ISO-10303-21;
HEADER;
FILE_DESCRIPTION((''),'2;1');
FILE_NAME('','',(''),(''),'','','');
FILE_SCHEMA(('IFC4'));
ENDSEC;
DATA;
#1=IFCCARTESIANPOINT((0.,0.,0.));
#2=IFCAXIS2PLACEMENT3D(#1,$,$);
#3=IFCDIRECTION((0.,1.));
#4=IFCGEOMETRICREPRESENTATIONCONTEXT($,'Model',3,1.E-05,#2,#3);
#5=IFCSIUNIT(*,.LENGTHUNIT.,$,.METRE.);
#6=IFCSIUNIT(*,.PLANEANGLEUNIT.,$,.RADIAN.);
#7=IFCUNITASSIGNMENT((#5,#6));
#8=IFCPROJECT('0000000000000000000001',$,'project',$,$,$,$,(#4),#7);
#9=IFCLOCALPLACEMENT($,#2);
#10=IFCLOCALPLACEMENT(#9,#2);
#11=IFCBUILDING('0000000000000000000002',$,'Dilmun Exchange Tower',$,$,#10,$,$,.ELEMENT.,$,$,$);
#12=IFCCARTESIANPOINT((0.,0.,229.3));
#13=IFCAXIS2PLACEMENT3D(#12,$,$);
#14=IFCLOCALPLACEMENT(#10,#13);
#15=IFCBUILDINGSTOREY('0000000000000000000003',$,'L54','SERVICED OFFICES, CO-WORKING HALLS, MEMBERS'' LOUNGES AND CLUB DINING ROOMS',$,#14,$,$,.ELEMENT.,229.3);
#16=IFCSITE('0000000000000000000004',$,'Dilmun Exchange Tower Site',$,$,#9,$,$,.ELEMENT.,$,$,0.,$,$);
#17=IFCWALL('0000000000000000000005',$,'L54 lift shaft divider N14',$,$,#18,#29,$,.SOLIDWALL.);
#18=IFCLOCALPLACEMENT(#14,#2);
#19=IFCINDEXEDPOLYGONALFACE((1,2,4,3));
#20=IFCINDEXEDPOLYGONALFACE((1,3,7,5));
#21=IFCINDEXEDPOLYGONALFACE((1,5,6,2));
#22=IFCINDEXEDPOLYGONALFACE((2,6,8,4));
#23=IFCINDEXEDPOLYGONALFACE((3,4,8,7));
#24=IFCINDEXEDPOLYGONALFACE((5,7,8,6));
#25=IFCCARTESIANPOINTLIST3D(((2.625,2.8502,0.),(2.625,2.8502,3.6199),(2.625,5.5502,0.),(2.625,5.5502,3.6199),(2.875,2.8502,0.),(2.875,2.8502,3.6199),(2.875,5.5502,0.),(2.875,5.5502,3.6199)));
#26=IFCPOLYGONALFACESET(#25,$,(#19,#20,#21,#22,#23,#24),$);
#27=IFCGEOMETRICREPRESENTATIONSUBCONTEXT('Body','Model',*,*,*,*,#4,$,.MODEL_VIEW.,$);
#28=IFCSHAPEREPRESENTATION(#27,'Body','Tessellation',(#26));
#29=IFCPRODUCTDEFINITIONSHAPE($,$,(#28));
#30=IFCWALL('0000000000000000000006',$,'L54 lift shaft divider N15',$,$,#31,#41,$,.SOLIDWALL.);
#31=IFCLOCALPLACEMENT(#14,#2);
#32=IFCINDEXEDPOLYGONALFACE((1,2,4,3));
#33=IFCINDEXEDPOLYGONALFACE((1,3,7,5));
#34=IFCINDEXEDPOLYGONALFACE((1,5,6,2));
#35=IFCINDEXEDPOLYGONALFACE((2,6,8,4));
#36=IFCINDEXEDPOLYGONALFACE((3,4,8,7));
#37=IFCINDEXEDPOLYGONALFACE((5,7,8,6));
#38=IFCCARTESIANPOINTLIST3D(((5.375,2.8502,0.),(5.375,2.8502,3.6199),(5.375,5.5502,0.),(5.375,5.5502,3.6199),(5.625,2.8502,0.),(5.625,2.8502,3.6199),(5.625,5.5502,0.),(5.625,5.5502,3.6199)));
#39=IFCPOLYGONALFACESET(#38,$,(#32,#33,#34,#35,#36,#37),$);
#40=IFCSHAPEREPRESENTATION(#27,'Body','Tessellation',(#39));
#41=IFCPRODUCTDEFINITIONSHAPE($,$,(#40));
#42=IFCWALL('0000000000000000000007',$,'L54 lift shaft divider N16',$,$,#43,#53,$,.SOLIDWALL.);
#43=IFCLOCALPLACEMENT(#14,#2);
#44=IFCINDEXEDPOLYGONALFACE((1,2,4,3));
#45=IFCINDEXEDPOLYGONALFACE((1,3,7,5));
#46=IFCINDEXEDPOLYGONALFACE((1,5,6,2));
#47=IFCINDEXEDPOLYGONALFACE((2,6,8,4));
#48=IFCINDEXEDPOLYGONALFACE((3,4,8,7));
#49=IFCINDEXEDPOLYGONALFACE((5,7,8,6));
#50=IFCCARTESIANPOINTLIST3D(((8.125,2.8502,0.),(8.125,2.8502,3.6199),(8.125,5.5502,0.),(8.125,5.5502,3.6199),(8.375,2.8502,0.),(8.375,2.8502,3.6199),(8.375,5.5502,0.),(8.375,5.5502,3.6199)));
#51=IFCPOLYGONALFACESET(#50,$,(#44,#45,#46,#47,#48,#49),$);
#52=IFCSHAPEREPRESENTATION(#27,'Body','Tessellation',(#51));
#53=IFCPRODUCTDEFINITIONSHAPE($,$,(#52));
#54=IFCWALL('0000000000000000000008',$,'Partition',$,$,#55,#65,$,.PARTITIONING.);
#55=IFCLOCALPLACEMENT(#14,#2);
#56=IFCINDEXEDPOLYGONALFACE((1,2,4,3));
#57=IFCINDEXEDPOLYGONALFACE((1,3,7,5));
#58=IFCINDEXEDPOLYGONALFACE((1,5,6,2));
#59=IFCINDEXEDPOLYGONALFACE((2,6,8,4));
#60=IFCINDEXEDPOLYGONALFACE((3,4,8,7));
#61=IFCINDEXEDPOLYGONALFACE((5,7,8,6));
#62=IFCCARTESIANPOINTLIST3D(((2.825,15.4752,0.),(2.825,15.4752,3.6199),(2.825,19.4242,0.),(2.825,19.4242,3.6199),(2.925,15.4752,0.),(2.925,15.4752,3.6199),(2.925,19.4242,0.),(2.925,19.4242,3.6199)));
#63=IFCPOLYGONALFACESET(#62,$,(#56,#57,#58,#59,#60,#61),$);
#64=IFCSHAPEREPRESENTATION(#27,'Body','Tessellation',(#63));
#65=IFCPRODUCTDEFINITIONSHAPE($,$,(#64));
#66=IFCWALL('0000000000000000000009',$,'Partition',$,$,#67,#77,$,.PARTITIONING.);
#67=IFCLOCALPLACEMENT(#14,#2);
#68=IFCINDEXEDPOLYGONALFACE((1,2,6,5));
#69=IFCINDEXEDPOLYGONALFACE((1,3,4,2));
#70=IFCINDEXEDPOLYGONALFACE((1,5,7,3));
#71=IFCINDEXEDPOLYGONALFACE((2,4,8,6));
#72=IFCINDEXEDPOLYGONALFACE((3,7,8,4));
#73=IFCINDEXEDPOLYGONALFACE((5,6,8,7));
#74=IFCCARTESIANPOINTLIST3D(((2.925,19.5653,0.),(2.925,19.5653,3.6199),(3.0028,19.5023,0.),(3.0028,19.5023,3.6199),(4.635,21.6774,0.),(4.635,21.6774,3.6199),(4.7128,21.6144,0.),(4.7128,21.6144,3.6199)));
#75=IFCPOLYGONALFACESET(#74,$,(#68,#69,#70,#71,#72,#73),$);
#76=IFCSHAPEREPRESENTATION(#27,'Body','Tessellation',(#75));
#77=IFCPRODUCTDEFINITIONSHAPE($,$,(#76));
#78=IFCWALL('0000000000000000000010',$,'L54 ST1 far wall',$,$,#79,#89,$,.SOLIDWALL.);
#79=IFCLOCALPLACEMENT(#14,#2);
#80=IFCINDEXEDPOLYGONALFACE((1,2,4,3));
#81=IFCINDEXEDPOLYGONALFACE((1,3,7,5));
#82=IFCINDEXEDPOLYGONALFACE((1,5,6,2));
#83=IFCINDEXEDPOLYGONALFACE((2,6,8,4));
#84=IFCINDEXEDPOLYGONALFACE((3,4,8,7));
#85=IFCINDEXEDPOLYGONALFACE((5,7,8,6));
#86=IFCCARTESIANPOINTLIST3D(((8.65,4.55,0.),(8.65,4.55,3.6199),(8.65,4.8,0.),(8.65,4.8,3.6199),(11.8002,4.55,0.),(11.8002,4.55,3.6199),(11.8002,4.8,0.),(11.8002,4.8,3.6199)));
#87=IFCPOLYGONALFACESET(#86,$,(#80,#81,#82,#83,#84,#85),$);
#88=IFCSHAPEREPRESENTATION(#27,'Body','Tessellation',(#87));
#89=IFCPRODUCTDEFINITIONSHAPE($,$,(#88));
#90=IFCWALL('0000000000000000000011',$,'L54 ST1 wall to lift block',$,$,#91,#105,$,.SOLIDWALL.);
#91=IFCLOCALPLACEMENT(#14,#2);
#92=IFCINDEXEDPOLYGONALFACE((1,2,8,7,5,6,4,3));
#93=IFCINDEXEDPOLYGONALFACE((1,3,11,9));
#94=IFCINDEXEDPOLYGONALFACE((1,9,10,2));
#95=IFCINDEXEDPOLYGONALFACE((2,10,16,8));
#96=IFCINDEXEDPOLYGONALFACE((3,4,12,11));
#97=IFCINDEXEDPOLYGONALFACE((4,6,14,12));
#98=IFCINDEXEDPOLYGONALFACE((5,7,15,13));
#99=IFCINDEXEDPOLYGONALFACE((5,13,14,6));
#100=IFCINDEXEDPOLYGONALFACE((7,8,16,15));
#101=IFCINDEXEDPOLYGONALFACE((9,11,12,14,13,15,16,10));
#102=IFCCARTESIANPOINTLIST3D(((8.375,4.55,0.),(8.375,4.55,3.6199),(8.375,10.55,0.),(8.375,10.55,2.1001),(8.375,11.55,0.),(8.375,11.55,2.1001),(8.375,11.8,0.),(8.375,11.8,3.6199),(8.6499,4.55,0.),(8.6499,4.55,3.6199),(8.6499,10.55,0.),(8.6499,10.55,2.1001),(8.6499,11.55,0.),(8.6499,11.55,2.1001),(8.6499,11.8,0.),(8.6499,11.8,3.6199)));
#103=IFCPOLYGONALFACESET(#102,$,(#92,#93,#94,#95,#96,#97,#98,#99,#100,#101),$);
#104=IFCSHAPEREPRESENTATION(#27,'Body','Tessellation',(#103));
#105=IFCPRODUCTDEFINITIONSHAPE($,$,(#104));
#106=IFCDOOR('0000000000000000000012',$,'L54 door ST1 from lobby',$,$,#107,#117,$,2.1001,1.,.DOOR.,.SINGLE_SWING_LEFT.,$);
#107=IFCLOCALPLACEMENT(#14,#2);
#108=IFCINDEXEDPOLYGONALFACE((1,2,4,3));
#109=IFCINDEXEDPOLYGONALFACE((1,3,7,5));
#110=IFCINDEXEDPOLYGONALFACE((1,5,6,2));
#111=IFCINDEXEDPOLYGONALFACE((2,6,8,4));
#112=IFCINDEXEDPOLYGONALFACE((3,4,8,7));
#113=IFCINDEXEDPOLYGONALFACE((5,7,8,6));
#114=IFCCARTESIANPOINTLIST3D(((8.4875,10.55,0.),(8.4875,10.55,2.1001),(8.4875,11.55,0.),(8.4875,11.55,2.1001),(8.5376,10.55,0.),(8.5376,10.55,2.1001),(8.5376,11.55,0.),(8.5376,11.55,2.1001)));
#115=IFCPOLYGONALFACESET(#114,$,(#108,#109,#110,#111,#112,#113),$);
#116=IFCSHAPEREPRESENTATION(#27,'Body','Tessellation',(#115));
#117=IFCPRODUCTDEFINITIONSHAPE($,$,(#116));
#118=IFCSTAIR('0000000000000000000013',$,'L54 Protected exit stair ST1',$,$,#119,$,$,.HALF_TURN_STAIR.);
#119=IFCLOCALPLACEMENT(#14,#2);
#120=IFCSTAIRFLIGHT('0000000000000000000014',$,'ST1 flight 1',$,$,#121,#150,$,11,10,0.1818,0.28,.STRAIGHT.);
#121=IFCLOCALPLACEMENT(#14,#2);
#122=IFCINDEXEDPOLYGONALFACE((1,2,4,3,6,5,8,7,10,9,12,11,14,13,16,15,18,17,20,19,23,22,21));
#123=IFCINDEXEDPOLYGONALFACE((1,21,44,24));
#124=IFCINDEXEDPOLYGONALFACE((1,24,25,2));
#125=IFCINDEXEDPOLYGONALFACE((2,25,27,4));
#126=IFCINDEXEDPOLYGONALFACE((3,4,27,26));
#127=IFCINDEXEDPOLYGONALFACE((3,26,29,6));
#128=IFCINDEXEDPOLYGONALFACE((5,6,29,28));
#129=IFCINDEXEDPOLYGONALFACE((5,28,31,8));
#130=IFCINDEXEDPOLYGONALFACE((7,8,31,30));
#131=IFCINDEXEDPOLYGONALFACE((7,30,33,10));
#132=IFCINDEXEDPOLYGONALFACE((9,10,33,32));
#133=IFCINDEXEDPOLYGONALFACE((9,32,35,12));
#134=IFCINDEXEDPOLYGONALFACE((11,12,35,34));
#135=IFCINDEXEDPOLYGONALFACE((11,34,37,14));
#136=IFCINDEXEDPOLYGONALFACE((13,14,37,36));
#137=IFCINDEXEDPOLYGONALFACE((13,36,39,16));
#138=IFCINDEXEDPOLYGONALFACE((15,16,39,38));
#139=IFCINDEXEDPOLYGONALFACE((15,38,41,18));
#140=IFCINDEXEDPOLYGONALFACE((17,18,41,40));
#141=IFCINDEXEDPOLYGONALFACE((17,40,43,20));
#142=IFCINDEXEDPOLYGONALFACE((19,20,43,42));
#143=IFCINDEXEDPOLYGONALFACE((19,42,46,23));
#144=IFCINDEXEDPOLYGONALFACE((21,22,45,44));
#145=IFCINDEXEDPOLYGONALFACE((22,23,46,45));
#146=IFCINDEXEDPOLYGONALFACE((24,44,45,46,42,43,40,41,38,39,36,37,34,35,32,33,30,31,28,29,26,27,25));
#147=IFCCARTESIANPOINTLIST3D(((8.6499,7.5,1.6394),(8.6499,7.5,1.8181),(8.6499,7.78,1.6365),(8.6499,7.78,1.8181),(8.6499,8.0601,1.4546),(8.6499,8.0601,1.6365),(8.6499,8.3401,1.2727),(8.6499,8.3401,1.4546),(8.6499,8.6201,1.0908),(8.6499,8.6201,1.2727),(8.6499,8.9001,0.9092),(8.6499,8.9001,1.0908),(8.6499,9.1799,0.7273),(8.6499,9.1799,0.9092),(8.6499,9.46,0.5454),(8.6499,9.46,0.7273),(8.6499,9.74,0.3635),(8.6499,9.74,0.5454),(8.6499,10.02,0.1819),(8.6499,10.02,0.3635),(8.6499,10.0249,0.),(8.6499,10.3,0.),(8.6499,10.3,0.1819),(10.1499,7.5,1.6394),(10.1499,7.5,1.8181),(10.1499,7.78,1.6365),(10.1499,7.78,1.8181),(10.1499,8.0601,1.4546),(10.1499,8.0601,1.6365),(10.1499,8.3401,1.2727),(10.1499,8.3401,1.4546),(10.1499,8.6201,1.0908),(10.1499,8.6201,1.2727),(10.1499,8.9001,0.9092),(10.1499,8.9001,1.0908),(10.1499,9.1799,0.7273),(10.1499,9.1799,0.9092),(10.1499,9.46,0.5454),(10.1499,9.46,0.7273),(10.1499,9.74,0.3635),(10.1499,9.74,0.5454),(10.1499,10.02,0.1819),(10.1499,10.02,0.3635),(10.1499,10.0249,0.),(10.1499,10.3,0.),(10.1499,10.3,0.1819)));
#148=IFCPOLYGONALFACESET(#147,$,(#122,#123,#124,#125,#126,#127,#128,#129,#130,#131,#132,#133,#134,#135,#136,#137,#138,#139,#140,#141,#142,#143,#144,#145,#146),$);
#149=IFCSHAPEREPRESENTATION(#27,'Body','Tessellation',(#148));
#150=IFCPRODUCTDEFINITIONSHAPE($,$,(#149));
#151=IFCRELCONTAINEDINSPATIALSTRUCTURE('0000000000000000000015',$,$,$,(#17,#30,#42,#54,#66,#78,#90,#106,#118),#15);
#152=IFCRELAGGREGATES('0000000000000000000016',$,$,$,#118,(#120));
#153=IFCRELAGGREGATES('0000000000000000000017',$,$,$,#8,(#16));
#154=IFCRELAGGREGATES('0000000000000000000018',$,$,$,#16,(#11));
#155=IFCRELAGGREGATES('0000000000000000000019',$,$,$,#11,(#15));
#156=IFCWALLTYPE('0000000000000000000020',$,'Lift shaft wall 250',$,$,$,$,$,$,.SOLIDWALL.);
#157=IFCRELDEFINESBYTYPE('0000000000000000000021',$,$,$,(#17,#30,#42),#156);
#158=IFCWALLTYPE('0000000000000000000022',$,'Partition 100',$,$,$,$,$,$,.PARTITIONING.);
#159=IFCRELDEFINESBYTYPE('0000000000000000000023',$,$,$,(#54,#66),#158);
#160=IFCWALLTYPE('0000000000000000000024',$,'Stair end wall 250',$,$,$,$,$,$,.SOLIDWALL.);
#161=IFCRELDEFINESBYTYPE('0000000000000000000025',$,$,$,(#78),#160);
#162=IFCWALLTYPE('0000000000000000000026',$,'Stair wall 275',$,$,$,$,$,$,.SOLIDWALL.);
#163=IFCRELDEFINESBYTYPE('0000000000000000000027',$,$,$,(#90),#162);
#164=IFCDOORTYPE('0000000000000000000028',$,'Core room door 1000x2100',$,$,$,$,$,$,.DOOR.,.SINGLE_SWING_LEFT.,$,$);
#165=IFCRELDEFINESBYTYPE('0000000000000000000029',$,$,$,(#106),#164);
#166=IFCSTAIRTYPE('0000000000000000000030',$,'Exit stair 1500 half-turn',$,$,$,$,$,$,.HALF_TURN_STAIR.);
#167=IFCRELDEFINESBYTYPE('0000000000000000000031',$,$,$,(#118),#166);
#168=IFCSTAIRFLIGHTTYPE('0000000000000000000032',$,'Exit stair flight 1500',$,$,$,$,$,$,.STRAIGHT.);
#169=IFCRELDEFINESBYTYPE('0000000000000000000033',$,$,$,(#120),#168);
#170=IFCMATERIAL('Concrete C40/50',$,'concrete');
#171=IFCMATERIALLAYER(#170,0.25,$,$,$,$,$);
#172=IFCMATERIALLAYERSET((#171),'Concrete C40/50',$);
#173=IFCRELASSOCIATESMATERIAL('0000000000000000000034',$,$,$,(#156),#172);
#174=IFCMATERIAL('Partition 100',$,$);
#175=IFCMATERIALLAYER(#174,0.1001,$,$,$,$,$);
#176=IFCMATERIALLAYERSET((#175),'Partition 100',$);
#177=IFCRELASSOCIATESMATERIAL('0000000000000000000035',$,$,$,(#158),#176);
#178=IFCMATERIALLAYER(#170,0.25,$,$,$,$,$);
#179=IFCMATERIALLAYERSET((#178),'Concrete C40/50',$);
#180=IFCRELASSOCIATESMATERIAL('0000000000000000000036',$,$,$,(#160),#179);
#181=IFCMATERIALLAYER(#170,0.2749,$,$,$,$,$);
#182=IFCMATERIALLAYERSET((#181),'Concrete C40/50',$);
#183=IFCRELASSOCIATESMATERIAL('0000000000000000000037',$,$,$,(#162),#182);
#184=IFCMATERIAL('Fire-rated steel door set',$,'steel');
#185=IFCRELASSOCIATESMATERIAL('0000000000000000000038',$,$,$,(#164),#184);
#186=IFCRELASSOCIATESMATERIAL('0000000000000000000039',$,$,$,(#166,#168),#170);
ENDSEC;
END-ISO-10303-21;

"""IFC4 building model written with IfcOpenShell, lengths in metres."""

from ifc_helpers import new_model, si_unit, direction, frame, frame_2d, origin, place, context, subcontext, project, spatial, polyline, rectangle, outline, extrude, material, layer, layer_set, type_object, element, fill, aggregate, save


model = new_model("IFC4")

# Units and contexts
model_context = context("Model", 3, precision=1e-05, world=origin(), true_north=direction((0.0, 1.0)))
body_context = subcontext(model_context, "Body", "Model", "MODEL_VIEW")
ifc_project = project(units=[si_unit("LENGTHUNIT", "METRE"), si_unit("PLANEANGLEUNIT", "RADIAN")], contexts=[model_context])

# Site, building, storey
site_placement = place(None, origin())
site = spatial("IfcSite", under=ifc_project, at=site_placement, Name="Dilmun Exchange Tower Site", CompositionType="ELEMENT", RefElevation=0.0)
building_placement = place(site_placement, origin())
building = spatial("IfcBuilding", under=site, at=building_placement, Name="Dilmun Exchange Tower", CompositionType="ELEMENT")
storey_placement = place(building_placement, frame((0.0, 0.0, 229.3)))
storey = spatial("IfcBuildingStorey", under=building, at=storey_placement, Name="L54", Description="SERVICED OFFICES, CO-WORKING HALLS, MEMBERS' LOUNGES AND CLUB DINING ROOMS", CompositionType="ELEMENT", Elevation=229.3)

# Shared definitions
ifc_material_1 = material(Name="Concrete C40/50", Category="concrete")
ifc_material_2 = material(Name="Fire-rated steel door set", Category="steel")

# Walls
ifc_layer_1 = layer(ifc_material_1, 0.25)
ifc_layer_set_1 = layer_set([ifc_layer_1], Name="Concrete C40/50")
wall_type_1 = type_object("IfcWallType", Name="Lift shaft wall 250", PredefinedType="SOLIDWALL", material=ifc_layer_set_1)
for number, where, z_axis, x_axis, name in (
    (1, (2.75, 2.8501, 0.0), (0.0, 0.0, 1.0), (0.0, 1.0, 0.0), "L54 lift shaft divider N14"),
    (2, (5.5, 2.8501, 0.0), (0.0, 0.0, 1.0), (0.0, 1.0, 0.0), "L54 lift shaft divider N15"),
    (3, (8.25, 2.8501, 0.0), (0.0, 0.0, 1.0), (0.0, 1.0, 0.0), "L54 lift shaft divider N16"),
):
    element("IfcWall", number, at=place(storey_placement, frame(where, z_axis=z_axis, x_axis=x_axis)), inside=storey, type_object=wall_type_1, Name=name, PredefinedType="SOLIDWALL", context=body_context, shape_type="SweptSolid", body=[
        extrude(rectangle(XDim=2.7, YDim=0.25, at=frame_2d((1.3501, 0.0))), origin(), (0.0, 0.0, 1.0), 3.6199),
    ])
ifc_material_3 = material(Name="Partition 100")
ifc_layer_2 = layer(ifc_material_3, 0.1001)
ifc_layer_set_2 = layer_set([ifc_layer_2], Name="Partition 100")
wall_type_2 = type_object("IfcWallType", Name="Partition 100", PredefinedType="PARTITIONING", material=ifc_layer_set_2)
wall_1_placement = place(storey_placement, frame((2.875, 15.4751, 0.0), z_axis=(0.0, 0.0, 1.0), x_axis=(0.0, 1.0, 0.0)))
element("IfcWall", 4, at=wall_1_placement, inside=storey, type_object=wall_type_2, Name="Partition", PredefinedType="PARTITIONING", context=body_context, shape_type="SweptSolid", body=[
    extrude(rectangle(XDim=3.949, YDim=0.1001, at=frame_2d((1.9746, 0.0))), origin(), (0.0, 0.0, 1.0), 3.6199),
])
wall_2_placement = place(storey_placement, frame((2.9639, 19.5337, 0.0), z_axis=(0.0, 0.0, 1.0), x_axis=(0.629242, 0.777209, 0.0)))
element("IfcWall", 5, at=wall_2_placement, inside=storey, type_object=wall_type_2, Name="Partition", PredefinedType="PARTITIONING", context=body_context, shape_type="SweptSolid", body=[
    extrude(rectangle(XDim=2.7175, YDim=0.1001, at=frame_2d((1.3589, 0.0))), origin(), (0.0, 0.0, 1.0), 3.6199),
])
ifc_layer_3 = layer(ifc_material_1, 0.25)
ifc_layer_set_3 = layer_set([ifc_layer_3], Name="Concrete C40/50")
wall_type_3 = type_object("IfcWallType", Name="Stair end wall 250", PredefinedType="SOLIDWALL", material=ifc_layer_set_3)
wall_3_placement = place(storey_placement, frame((8.6499, 4.675, 0.0), z_axis=(0.0, 0.0, 1.0), x_axis=(1.0, 0.0, 0.0)))
element("IfcWall", 6, at=wall_3_placement, inside=storey, type_object=wall_type_3, Name="L54 ST1 far wall", PredefinedType="SOLIDWALL", context=body_context, shape_type="SweptSolid", body=[
    extrude(rectangle(XDim=3.1501, YDim=0.25, at=frame_2d((1.5752, 0.0))), origin(), (0.0, 0.0, 1.0), 3.6199),
])

# Wall, opening, door
ifc_layer_4 = layer(ifc_material_1, 0.2749)
ifc_layer_set_4 = layer_set([ifc_layer_4], Name="Concrete C40/50")
wall_type_4 = type_object("IfcWallType", Name="Stair wall 275", PredefinedType="SOLIDWALL", material=ifc_layer_set_4)
wall_4_placement = place(storey_placement, frame((8.5125, 4.55, 0.0), z_axis=(0.0, 0.0, 1.0), x_axis=(0.0, 1.0, 0.0)))
wall_4 = element("IfcWall", 7, at=wall_4_placement, inside=storey, type_object=wall_type_4, Name="L54 ST1 wall to lift block", PredefinedType="SOLIDWALL", context=body_context, shape_type="SweptSolid", body=[
    extrude(rectangle(XDim=7.25, YDim=0.2749, at=frame_2d((3.625, 0.0))), origin(), (0.0, 0.0, 1.0), 3.6199),
])
opening_1_placement = place(wall_4_placement, frame((6.0, 0.0, 0.0)))
opening_1 = element("IfcOpeningElement", 8, at=opening_1_placement, cuts=wall_4, PredefinedType="OPENING", context=body_context, shape_type="SweptSolid", body=[
    extrude(rectangle(XDim=1.0, YDim=2.1001, at=frame_2d((0.5, 1.05))), frame((0.0, 0.1475, 0.0), z_axis=(0.0, -1.0, 0.0), x_axis=(1.0, 0.0, 0.0)), (0.0, 0.0, 1.0), 0.2949),
])
door_type_1 = type_object("IfcDoorType", Name="Core room door 1000x2100", OperationType="SINGLE_SWING_LEFT", PredefinedType="DOOR", material=ifc_material_2)
door_1_placement = place(opening_1_placement, origin())
door_1 = element("IfcDoor", 9, at=door_1_placement, inside=storey, type_object=door_type_1, Name="L54 door ST1 from lobby", OperationType="SINGLE_SWING_LEFT", OverallHeight=2.1001, OverallWidth=1.0, PredefinedType="DOOR", context=body_context, shape_type="SweptSolid", body=[
    extrude(rectangle(XDim=1.0, YDim=2.1001, at=frame_2d((0.5, 1.05))), frame((0.0, 0.0249, 0.0), z_axis=(0.0, -1.0, 0.0), x_axis=(1.0, 0.0, 0.0)), (0.0, 0.0, 1.0), 0.05),
])
fill(opening_1, door_1)

# Stair, stair flight
stair_type = type_object("IfcStairType", Name="Exit stair 1500 half-turn", PredefinedType="HALF_TURN_STAIR", material=ifc_material_1)
stair_placement = place(storey_placement, origin())
stair = element("IfcStair", 10, at=stair_placement, inside=storey, type_object=stair_type, Name="L54 Protected exit stair ST1", PredefinedType="HALF_TURN_STAIR")
stair_flight_type = type_object("IfcStairFlightType", Name="Exit stair flight 1500", PredefinedType="STRAIGHT", material=ifc_material_1)
stair_flight_placement = place(storey_placement, frame((9.3999, 10.3, 0.0), z_axis=(0.0, 0.0, 1.0), x_axis=(0.0, -1.0, 0.0)))
stair_flight = element("IfcStairFlight", 11, at=stair_flight_placement, type_object=stair_flight_type, Name="ST1 flight 1", NumberOfRisers=11, NumberOfTreads=10, PredefinedType="STRAIGHT", RiserHeight=0.1818, TreadLength=0.28, context=body_context, shape_type="SweptSolid", body=[
    extrude(outline(polyline([(0.0, 0.0), (0.0, 0.1819), (0.28, 0.1819), (0.28, 0.3635), (0.5601, 0.3635), (0.5601, 0.5454), (0.8401, 0.5454), (0.8401, 0.7273), (1.1201, 0.7273), (1.1201, 0.9092), (1.3999, 0.9092), (1.3999, 1.0908), (1.6799, 1.0908), (1.6799, 1.2727), (1.96, 1.2727), (1.96, 1.4546), (2.24, 1.4546), (2.24, 1.6365), (2.52, 1.6365), (2.52, 1.8181), (2.8, 1.8181), (2.8, 2.0), (2.8, 1.6394), (0.2751, 0.0), (0.0, 0.0)])), frame((0.0, 0.75, 0.0), z_axis=(0.0, -1.0, 0.0), x_axis=(1.0, 0.0, 0.0)), (0.0, 0.0, 1.0), 1.5),
])
aggregate(stair, [stair_flight])

save(model, "model.ifc")
